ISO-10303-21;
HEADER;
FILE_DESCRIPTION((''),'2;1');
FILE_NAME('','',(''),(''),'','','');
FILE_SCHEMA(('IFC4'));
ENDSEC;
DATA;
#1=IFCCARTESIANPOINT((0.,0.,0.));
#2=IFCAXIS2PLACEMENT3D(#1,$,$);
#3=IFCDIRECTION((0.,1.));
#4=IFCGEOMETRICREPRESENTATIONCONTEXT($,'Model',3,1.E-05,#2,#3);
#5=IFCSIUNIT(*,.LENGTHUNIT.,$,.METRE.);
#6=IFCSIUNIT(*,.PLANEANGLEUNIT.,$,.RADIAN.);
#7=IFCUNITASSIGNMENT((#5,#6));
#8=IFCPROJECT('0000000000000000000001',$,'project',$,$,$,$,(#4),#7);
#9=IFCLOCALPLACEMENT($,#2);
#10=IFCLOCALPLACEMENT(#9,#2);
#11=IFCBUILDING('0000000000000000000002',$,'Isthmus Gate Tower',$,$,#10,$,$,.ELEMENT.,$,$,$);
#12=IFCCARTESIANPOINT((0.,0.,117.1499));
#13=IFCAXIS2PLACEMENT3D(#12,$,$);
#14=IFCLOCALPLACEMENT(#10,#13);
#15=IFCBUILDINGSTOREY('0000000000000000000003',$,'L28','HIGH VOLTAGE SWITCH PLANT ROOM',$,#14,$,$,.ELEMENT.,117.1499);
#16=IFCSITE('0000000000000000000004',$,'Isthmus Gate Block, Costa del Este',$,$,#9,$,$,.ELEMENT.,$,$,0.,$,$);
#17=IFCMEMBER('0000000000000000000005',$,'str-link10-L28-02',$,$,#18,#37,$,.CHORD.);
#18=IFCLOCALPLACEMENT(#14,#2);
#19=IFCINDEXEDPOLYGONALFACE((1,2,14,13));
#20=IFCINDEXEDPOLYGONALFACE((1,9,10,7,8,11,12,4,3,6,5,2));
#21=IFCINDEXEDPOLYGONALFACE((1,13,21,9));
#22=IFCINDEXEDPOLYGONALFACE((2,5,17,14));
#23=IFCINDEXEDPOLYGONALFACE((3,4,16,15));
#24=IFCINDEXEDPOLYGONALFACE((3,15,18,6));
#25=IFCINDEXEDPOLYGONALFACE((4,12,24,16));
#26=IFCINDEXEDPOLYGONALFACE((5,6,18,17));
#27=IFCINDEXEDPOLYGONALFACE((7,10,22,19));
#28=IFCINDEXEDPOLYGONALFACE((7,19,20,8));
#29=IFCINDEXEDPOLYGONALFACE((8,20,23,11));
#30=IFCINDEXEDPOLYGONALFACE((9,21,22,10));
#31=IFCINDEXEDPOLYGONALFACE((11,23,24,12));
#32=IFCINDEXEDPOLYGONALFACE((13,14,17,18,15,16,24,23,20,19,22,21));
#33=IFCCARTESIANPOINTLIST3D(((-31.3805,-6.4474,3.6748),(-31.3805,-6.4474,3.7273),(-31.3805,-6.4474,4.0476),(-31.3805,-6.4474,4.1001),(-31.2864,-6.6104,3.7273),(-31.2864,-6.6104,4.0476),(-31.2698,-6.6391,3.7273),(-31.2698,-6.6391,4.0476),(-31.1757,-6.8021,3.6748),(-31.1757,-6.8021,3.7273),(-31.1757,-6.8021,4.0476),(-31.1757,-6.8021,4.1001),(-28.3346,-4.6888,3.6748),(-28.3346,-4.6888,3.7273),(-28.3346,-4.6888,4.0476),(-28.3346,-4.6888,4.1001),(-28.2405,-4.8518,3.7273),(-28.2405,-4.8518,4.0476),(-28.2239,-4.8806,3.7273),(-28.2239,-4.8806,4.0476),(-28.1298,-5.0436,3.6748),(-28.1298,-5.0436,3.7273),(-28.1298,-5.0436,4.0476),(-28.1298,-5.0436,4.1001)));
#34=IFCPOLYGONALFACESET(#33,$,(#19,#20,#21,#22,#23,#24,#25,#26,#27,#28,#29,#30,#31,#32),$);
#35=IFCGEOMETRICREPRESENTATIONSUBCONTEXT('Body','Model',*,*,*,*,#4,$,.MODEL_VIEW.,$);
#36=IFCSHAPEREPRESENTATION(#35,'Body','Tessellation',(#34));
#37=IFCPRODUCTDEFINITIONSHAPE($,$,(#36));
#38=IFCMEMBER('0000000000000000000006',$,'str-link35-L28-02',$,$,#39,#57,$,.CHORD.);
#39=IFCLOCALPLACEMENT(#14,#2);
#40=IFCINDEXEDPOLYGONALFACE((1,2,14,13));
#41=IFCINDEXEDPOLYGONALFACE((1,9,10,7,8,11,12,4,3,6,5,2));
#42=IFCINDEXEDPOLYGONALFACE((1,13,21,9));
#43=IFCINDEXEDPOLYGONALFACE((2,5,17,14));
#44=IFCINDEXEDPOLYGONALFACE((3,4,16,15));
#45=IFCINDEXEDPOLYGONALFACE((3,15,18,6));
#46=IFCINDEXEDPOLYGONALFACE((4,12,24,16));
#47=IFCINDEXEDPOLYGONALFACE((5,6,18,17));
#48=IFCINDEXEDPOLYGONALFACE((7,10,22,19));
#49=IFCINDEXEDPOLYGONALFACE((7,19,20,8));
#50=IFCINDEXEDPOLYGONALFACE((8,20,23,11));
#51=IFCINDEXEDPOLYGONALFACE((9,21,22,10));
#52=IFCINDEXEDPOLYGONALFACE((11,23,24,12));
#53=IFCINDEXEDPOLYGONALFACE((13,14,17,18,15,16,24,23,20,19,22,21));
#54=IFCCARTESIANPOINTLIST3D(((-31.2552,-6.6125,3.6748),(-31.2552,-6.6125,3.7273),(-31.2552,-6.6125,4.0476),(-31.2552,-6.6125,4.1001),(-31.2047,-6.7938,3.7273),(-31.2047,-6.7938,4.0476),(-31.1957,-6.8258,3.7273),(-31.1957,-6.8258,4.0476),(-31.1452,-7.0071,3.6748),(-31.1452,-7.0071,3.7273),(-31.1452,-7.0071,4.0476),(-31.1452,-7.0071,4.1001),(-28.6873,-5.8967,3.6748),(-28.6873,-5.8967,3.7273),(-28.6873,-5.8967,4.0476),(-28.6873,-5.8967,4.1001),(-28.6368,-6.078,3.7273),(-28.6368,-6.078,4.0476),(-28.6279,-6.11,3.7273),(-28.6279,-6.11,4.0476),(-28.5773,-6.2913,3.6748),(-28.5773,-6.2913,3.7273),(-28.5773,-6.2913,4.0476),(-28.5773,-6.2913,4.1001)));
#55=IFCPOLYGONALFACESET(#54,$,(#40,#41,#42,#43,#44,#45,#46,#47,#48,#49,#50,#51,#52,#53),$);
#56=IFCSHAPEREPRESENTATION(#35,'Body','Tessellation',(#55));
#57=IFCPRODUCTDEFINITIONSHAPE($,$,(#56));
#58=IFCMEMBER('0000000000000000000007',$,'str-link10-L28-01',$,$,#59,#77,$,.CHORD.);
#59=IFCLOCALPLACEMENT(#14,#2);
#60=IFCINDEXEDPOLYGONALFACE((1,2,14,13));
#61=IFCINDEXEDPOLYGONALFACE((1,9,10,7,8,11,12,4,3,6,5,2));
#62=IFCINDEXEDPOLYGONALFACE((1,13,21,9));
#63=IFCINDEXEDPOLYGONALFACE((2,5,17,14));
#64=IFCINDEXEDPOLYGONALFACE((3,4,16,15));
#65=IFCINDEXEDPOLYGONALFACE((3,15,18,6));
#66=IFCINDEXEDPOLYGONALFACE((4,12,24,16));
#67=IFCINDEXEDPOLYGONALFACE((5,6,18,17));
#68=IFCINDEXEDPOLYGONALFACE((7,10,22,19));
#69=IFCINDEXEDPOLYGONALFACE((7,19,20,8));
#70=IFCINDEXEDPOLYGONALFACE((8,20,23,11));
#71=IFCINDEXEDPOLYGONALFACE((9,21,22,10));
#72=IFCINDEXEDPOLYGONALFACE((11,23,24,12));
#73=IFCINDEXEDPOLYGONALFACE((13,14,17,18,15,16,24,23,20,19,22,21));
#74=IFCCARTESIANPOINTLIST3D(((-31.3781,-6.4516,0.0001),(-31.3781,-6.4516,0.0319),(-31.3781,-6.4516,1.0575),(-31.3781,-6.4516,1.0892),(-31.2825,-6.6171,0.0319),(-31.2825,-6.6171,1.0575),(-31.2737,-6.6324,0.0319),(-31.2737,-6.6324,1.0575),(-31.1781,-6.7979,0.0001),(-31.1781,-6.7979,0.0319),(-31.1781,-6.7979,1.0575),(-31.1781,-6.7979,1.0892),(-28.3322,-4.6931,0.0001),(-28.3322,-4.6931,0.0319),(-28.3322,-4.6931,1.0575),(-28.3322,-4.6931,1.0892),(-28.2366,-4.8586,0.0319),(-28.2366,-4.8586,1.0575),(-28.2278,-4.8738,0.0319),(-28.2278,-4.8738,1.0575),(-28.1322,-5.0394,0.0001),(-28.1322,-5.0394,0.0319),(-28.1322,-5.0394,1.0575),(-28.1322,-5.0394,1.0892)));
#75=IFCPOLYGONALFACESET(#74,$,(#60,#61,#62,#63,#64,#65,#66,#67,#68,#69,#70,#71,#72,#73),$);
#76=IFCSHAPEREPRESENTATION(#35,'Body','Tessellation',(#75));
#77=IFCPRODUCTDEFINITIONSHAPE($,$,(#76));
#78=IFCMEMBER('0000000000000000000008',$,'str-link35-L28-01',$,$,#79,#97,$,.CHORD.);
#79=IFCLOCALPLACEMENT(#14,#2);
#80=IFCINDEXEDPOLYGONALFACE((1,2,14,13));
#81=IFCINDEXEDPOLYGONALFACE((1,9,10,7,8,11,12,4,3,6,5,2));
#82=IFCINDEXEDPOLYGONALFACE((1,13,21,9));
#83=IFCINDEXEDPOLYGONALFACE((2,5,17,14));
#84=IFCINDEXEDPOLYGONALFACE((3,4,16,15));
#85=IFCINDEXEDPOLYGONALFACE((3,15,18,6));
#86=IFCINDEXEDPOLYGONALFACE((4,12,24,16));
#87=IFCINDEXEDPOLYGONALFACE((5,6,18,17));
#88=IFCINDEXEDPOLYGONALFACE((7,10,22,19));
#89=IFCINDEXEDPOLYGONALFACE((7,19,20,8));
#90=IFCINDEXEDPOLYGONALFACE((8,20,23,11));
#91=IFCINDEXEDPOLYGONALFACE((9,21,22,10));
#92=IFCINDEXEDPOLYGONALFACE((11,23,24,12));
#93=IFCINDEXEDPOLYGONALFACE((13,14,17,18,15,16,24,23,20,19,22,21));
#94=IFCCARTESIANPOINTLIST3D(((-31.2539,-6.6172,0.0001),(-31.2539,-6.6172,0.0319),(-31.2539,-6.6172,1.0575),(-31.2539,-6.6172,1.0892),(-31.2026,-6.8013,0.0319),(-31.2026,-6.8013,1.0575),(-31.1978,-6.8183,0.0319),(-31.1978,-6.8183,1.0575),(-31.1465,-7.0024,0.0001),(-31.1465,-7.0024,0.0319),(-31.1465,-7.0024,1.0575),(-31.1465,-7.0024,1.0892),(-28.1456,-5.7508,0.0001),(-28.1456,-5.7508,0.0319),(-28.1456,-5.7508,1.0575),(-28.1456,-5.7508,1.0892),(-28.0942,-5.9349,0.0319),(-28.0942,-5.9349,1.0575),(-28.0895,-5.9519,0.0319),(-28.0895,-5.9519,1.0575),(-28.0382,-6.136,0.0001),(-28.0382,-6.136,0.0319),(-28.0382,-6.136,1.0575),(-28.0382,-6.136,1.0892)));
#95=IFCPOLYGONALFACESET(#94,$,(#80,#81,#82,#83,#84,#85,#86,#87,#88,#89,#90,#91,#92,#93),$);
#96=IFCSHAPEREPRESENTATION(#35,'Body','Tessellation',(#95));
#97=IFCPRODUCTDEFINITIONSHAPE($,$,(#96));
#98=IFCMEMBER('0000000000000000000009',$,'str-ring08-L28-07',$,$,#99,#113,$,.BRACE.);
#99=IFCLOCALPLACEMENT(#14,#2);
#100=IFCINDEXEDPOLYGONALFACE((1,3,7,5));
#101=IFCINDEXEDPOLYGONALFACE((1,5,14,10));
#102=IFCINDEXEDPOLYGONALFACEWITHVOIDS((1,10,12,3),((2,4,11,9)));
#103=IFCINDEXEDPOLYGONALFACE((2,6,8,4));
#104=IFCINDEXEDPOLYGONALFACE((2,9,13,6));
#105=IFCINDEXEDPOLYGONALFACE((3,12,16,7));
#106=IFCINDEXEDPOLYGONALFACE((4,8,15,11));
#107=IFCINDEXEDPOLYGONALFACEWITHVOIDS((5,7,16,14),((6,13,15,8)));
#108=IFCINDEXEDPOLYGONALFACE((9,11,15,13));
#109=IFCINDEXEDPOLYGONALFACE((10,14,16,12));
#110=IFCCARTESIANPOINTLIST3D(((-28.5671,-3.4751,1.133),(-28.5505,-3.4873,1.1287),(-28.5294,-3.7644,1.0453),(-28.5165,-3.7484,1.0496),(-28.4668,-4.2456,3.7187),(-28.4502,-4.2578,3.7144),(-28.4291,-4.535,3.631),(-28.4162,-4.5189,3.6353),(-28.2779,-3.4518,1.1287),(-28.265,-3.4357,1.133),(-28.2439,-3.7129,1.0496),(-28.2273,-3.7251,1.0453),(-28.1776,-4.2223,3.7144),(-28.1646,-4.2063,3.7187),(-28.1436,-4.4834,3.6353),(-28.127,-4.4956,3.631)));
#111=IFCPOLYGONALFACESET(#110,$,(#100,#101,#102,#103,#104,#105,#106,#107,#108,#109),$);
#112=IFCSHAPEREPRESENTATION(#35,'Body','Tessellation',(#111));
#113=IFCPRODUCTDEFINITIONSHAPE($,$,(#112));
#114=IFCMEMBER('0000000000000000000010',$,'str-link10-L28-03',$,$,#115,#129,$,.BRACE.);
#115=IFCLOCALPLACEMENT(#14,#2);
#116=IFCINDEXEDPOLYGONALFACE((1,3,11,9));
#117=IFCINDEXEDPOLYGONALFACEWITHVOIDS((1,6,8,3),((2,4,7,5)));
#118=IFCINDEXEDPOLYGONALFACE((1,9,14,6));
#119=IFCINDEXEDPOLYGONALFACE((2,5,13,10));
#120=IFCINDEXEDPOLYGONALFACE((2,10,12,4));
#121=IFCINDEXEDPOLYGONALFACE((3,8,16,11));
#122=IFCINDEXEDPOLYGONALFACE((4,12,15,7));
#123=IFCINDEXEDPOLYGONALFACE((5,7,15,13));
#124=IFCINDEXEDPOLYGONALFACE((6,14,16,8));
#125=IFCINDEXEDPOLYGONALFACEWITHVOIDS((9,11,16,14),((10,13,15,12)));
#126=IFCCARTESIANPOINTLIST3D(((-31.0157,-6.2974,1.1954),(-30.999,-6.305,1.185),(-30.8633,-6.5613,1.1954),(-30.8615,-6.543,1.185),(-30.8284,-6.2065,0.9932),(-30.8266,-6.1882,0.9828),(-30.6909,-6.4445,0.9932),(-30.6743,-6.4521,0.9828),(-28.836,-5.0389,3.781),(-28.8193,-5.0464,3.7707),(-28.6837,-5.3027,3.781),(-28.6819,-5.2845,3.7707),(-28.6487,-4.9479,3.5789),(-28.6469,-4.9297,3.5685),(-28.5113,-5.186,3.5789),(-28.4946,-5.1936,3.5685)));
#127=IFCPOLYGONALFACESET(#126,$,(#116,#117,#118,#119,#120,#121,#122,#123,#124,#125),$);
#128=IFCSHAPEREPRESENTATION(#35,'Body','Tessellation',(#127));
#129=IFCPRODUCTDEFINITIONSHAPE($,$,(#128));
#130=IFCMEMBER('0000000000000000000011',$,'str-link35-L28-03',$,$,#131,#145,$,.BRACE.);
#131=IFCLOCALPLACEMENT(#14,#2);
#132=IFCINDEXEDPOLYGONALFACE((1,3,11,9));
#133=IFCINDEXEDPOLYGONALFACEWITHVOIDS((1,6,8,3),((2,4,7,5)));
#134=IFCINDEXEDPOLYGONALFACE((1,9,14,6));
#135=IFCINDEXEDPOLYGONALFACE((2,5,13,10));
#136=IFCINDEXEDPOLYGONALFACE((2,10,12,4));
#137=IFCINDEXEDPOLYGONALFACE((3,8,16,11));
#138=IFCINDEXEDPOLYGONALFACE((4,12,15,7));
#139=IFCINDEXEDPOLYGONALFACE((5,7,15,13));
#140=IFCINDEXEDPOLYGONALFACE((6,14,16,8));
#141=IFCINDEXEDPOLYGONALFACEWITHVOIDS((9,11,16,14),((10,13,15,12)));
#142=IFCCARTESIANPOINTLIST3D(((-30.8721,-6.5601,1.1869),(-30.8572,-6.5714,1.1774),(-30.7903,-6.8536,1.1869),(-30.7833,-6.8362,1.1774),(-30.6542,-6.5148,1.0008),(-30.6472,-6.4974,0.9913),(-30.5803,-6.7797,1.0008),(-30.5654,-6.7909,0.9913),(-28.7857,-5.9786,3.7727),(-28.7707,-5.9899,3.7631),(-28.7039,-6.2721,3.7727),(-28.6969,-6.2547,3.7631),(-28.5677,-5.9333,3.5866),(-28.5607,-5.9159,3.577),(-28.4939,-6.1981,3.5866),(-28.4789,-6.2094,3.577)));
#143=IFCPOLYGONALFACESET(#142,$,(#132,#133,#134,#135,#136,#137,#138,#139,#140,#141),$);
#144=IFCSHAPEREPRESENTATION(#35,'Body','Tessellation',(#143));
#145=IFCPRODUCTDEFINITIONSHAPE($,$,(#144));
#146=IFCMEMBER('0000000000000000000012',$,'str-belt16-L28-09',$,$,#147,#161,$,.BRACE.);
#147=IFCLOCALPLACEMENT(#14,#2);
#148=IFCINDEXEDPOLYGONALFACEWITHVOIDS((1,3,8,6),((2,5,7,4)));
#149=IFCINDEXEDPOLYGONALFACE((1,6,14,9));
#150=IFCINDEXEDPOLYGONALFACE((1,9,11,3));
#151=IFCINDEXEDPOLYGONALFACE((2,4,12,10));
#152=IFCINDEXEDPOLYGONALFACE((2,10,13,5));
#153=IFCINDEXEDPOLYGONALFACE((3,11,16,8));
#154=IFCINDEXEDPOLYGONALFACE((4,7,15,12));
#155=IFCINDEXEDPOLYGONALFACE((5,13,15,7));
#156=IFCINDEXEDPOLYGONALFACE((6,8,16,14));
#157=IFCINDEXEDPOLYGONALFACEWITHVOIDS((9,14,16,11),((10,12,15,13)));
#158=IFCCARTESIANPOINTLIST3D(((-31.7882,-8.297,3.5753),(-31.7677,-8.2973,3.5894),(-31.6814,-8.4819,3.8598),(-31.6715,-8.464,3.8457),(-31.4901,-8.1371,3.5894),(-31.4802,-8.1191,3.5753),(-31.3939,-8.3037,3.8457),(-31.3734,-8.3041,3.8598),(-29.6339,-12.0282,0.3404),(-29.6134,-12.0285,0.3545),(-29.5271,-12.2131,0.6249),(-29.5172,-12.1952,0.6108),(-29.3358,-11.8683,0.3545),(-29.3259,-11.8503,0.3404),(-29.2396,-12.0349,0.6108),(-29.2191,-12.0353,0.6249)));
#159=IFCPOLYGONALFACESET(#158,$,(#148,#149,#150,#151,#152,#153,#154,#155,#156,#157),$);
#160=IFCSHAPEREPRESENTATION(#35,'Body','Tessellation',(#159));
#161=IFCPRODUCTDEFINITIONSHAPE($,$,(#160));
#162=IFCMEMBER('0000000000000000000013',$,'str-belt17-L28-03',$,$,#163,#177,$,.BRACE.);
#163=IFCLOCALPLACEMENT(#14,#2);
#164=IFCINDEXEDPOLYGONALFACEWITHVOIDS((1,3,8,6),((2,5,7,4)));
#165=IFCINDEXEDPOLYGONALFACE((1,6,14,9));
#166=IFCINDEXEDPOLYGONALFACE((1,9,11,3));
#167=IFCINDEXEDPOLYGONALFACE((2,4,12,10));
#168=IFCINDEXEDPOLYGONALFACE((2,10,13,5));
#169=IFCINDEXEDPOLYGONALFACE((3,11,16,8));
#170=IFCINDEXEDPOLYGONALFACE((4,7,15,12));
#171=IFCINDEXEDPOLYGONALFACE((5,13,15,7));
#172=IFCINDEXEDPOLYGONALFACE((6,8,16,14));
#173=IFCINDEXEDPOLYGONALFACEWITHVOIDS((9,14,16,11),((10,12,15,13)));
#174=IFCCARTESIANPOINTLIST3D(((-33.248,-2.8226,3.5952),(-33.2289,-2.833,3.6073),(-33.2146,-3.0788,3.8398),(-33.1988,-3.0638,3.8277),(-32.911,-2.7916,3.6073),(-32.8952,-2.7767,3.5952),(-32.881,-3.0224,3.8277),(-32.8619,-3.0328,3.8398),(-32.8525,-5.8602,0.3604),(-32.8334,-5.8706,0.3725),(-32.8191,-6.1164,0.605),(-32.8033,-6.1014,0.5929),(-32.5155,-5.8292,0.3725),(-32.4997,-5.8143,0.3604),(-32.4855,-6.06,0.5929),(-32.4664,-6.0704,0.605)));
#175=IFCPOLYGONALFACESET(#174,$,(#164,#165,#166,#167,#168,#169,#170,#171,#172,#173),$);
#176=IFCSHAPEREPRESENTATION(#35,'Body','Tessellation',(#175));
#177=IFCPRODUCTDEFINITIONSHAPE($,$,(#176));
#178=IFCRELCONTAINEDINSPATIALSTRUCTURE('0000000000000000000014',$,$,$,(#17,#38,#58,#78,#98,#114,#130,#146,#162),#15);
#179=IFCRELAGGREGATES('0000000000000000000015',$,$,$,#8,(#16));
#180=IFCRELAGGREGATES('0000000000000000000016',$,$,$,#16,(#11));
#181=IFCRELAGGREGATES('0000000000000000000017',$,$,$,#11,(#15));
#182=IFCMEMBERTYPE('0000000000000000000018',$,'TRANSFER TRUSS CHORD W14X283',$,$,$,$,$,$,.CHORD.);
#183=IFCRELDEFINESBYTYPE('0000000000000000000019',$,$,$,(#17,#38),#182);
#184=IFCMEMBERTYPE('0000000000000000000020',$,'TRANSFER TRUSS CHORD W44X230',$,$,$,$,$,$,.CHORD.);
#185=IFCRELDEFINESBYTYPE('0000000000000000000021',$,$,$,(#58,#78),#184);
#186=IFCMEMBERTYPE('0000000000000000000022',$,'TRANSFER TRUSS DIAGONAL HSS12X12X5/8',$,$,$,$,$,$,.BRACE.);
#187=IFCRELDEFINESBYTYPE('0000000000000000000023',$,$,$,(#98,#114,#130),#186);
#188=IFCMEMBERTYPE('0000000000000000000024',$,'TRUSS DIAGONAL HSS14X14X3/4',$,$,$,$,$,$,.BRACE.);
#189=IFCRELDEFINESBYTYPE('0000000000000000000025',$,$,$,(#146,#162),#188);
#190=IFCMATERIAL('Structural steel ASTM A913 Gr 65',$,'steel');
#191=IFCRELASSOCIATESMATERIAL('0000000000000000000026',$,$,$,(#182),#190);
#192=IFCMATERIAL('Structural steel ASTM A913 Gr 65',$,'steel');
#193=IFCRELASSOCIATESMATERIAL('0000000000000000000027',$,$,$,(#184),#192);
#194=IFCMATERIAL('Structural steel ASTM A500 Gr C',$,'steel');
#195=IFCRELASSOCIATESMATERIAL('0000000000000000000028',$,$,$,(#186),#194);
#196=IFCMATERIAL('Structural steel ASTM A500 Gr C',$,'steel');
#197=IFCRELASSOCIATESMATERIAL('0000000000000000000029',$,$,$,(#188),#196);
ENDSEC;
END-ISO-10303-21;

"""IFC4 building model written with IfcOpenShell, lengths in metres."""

from ifc_helpers import new_model, si_unit, direction, frame, origin, origin_2d, place, context, subcontext, project, spatial, hollow_rectangle, i_section, extrude, material, material_profile, profile_set, type_object, element, save


model = new_model("IFC4")

# Units and contexts
model_context = context("Model", 3, precision=1e-05, world=origin(), true_north=direction((0.0, 1.0)))
body_context = subcontext(model_context, "Body", "Model", "MODEL_VIEW")
ifc_project = project(units=[si_unit("LENGTHUNIT", "METRE"), si_unit("PLANEANGLEUNIT", "RADIAN")], contexts=[model_context])

# Site, building, storey
site_placement = place(None, origin())
site = spatial("IfcSite", under=ifc_project, at=site_placement, Name="Isthmus Gate Block, Costa del Este", CompositionType="ELEMENT", RefElevation=0.0)
building_placement = place(site_placement, origin())
building = spatial("IfcBuilding", under=site, at=building_placement, Name="Isthmus Gate Tower", CompositionType="ELEMENT")
storey_placement = place(building_placement, frame((0.0, 0.0, 117.1499)))
storey = spatial("IfcBuildingStorey", under=building, at=storey_placement, Name="L28", Description="HIGH VOLTAGE SWITCH PLANT ROOM", CompositionType="ELEMENT", Elevation=117.1499)

# Members
ifc_material_1 = material(Name="Structural steel ASTM A913 Gr 65", Category="steel")
ifc_material_profile_1 = material_profile(ifc_material_1, i_section(OverallWidth=0.4097, OverallDepth=0.4253, WebThickness=0.0332, FlangeThickness=0.0525, at=origin_2d()), Name="W14X283")
ifc_profile_set_1 = profile_set([ifc_material_profile_1], Name="Structural steel ASTM A913 Gr 65")
member_type_1 = type_object("IfcMemberType", Name="TRANSFER TRUSS CHORD W14X283", PredefinedType="CHORD", material=ifc_profile_set_1)
member_1_placement = place(storey_placement, frame((-31.2781, -6.6248, 3.8875), z_axis=(0.866026, 0.499999, 0.0), x_axis=(-0.499999, 0.866026, 0.0)))
element("IfcMember", 1, at=member_1_placement, inside=storey, type_object=member_type_1, Name="str-link10-L28-02", PredefinedType="CHORD", context=body_context, shape_type="SweptSolid", body=[
    extrude(i_section(OverallWidth=0.4097, OverallDepth=0.4253, WebThickness=0.0332, FlangeThickness=0.0525, at=origin_2d()), origin(), (0.0, 0.0, 1.0), 3.5171),
])
member_2_placement = place(storey_placement, frame((-31.2002, -6.8098, 3.8875), z_axis=(0.963273, 0.268522, 0.0), x_axis=(-0.268522, 0.963273, 0.0)))
element("IfcMember", 2, at=member_2_placement, inside=storey, type_object=member_type_1, Name="str-link35-L28-02", PredefinedType="CHORD", context=body_context, shape_type="SweptSolid", body=[
    extrude(i_section(OverallWidth=0.4097, OverallDepth=0.4253, WebThickness=0.0332, FlangeThickness=0.0525, at=origin_2d()), origin(), (0.0, 0.0, 1.0), 2.6658),
])
ifc_material_2 = material(Name="Structural steel ASTM A913 Gr 65", Category="steel")
ifc_material_profile_2 = material_profile(ifc_material_2, i_section(OverallWidth=0.3999, OverallDepth=1.0891, WebThickness=0.0176, FlangeThickness=0.0317, at=origin_2d()), Name="W44X230")
ifc_profile_set_2 = profile_set([ifc_material_profile_2], Name="Structural steel ASTM A913 Gr 65")
member_type_2 = type_object("IfcMemberType", Name="TRANSFER TRUSS CHORD W44X230", PredefinedType="CHORD", material=ifc_profile_set_2)
member_3_placement = place(storey_placement, frame((-31.2781, -6.6248, 0.5447), z_axis=(0.866026, 0.499999, 0.0), x_axis=(-0.499999, 0.866026, 0.0)))
element("IfcMember", 3, at=member_3_placement, inside=storey, type_object=member_type_2, Name="str-link10-L28-01", PredefinedType="CHORD", context=body_context, shape_type="SweptSolid", body=[
    extrude(i_section(OverallWidth=0.3999, OverallDepth=1.0891, WebThickness=0.0176, FlangeThickness=0.0317, at=origin_2d()), origin(), (0.0, 0.0, 1.0), 3.5171),
])
member_4_placement = place(storey_placement, frame((-31.2002, -6.8098, 0.5447), z_axis=(0.963277, 0.26851, 0.0), x_axis=(-0.26851, 0.963277, 0.0)))
element("IfcMember", 4, at=member_4_placement, inside=storey, type_object=member_type_2, Name="str-link35-L28-01", PredefinedType="CHORD", context=body_context, shape_type="SweptSolid", body=[
    extrude(i_section(OverallWidth=0.3999, OverallDepth=1.0891, WebThickness=0.0176, FlangeThickness=0.0317, at=origin_2d()), origin(), (0.0, 0.0, 1.0), 3.2268),
])
ifc_material_3 = material(Name="Structural steel ASTM A500 Gr C", Category="steel")
ifc_material_profile_3 = material_profile(ifc_material_3, hollow_rectangle(XDim=0.3047, YDim=0.3047, WallThickness=0.0149, at=origin_2d()), Name="HSS12X12X5/8")
ifc_profile_set_3 = profile_set([ifc_material_profile_3], Name="Structural steel ASTM A500 Gr C")
member_type_3 = type_object("IfcMemberType", Name="TRANSFER TRUSS DIAGONAL HSS12X12X5/8", PredefinedType="BRACE", material=ifc_profile_set_3)
member_5_placement = place(storey_placement, frame((-28.3972, -3.6001, 1.0891), z_axis=(0.037165, -0.285382, 0.957693), x_axis=(0.991627, 0.129138, 0.0)))
element("IfcMember", 5, at=member_5_placement, inside=storey, type_object=member_type_3, Name="str-ring08-L28-07", PredefinedType="BRACE", context=body_context, shape_type="SweptSolid", body=[
    extrude(hollow_rectangle(XDim=0.3047, YDim=0.3047, WallThickness=0.0149, at=origin_2d()), origin(), (0.0, 0.0, 1.0), 2.7),
])
member_6_placement = place(storey_placement, frame((-30.845, -6.3748, 1.0891), z_axis=(0.604054, 0.348779, 0.71657), x_axis=(-0.50003, 0.866008, 0.0)))
element("IfcMember", 6, at=member_6_placement, inside=storey, type_object=member_type_3, Name="str-link10-L28-03", PredefinedType="BRACE", context=body_context, shape_type="SweptSolid", body=[
    extrude(hollow_rectangle(XDim=0.3047, YDim=0.3047, WallThickness=0.0149, at=origin_2d()), origin(), (0.0, 0.0, 1.0), 3.6084),
])
member_7_placement = place(storey_placement, frame((-30.7188, -6.6755, 1.0891), z_axis=(0.618566, 0.172411, 0.766584), x_axis=(-0.268493, 0.963282, 0.0)))
element("IfcMember", 7, at=member_7_placement, inside=storey, type_object=member_type_3, Name="str-link35-L28-03", PredefinedType="BRACE", context=body_context, shape_type="SweptSolid", body=[
    extrude(hollow_rectangle(XDim=0.3047, YDim=0.3047, WallThickness=0.0149, at=origin_2d()), origin(), (0.0, 0.0, 1.0), 3.373),
])
ifc_material_4 = material(Name="Structural steel ASTM A500 Gr C", Category="steel")
ifc_material_profile_4 = material_profile(ifc_material_4, hollow_rectangle(XDim=0.3557, YDim=0.3557, WallThickness=0.0176, at=origin_2d()), Name="HSS14X14X3/4")
ifc_profile_set_4 = profile_set([ifc_material_profile_4], Name="Structural steel ASTM A500 Gr C")
member_type_4 = type_object("IfcMemberType", Name="TRUSS DIAGONAL HSS14X14X3/4", PredefinedType="BRACE", material=ifc_profile_set_4)
member_8_placement = place(storey_placement, frame((-29.4265, -12.0317, 0.4827), z_axis=(-0.399855, 0.692542, 0.600418), x_axis=(-0.866017, -0.500015, 0.0)))
element("IfcMember", 8, at=member_8_placement, inside=storey, type_object=member_type_4, Name="str-belt16-L28-09", PredefinedType="BRACE", context=body_context, shape_type="SweptSolid", body=[
    extrude(hollow_rectangle(XDim=0.3557, YDim=0.3557, WallThickness=0.0176, at=origin_2d()), origin(), (0.0, 0.0, 1.0), 5.3877),
])
member_9_placement = place(storey_placement, frame((-32.6594, -5.9653, 0.4827), z_axis=(-0.088777, 0.681827, 0.726106), x_axis=(-0.99163, -0.129114, 0.0)))
element("IfcMember", 9, at=member_9_placement, inside=storey, type_object=member_type_4, Name="str-belt17-L28-03", PredefinedType="BRACE", context=body_context, shape_type="SweptSolid", body=[
    extrude(hollow_rectangle(XDim=0.3557, YDim=0.3557, WallThickness=0.0176, at=origin_2d()), origin(), (0.0, 0.0, 1.0), 4.4551),
])

save(model, "model.ifc")
